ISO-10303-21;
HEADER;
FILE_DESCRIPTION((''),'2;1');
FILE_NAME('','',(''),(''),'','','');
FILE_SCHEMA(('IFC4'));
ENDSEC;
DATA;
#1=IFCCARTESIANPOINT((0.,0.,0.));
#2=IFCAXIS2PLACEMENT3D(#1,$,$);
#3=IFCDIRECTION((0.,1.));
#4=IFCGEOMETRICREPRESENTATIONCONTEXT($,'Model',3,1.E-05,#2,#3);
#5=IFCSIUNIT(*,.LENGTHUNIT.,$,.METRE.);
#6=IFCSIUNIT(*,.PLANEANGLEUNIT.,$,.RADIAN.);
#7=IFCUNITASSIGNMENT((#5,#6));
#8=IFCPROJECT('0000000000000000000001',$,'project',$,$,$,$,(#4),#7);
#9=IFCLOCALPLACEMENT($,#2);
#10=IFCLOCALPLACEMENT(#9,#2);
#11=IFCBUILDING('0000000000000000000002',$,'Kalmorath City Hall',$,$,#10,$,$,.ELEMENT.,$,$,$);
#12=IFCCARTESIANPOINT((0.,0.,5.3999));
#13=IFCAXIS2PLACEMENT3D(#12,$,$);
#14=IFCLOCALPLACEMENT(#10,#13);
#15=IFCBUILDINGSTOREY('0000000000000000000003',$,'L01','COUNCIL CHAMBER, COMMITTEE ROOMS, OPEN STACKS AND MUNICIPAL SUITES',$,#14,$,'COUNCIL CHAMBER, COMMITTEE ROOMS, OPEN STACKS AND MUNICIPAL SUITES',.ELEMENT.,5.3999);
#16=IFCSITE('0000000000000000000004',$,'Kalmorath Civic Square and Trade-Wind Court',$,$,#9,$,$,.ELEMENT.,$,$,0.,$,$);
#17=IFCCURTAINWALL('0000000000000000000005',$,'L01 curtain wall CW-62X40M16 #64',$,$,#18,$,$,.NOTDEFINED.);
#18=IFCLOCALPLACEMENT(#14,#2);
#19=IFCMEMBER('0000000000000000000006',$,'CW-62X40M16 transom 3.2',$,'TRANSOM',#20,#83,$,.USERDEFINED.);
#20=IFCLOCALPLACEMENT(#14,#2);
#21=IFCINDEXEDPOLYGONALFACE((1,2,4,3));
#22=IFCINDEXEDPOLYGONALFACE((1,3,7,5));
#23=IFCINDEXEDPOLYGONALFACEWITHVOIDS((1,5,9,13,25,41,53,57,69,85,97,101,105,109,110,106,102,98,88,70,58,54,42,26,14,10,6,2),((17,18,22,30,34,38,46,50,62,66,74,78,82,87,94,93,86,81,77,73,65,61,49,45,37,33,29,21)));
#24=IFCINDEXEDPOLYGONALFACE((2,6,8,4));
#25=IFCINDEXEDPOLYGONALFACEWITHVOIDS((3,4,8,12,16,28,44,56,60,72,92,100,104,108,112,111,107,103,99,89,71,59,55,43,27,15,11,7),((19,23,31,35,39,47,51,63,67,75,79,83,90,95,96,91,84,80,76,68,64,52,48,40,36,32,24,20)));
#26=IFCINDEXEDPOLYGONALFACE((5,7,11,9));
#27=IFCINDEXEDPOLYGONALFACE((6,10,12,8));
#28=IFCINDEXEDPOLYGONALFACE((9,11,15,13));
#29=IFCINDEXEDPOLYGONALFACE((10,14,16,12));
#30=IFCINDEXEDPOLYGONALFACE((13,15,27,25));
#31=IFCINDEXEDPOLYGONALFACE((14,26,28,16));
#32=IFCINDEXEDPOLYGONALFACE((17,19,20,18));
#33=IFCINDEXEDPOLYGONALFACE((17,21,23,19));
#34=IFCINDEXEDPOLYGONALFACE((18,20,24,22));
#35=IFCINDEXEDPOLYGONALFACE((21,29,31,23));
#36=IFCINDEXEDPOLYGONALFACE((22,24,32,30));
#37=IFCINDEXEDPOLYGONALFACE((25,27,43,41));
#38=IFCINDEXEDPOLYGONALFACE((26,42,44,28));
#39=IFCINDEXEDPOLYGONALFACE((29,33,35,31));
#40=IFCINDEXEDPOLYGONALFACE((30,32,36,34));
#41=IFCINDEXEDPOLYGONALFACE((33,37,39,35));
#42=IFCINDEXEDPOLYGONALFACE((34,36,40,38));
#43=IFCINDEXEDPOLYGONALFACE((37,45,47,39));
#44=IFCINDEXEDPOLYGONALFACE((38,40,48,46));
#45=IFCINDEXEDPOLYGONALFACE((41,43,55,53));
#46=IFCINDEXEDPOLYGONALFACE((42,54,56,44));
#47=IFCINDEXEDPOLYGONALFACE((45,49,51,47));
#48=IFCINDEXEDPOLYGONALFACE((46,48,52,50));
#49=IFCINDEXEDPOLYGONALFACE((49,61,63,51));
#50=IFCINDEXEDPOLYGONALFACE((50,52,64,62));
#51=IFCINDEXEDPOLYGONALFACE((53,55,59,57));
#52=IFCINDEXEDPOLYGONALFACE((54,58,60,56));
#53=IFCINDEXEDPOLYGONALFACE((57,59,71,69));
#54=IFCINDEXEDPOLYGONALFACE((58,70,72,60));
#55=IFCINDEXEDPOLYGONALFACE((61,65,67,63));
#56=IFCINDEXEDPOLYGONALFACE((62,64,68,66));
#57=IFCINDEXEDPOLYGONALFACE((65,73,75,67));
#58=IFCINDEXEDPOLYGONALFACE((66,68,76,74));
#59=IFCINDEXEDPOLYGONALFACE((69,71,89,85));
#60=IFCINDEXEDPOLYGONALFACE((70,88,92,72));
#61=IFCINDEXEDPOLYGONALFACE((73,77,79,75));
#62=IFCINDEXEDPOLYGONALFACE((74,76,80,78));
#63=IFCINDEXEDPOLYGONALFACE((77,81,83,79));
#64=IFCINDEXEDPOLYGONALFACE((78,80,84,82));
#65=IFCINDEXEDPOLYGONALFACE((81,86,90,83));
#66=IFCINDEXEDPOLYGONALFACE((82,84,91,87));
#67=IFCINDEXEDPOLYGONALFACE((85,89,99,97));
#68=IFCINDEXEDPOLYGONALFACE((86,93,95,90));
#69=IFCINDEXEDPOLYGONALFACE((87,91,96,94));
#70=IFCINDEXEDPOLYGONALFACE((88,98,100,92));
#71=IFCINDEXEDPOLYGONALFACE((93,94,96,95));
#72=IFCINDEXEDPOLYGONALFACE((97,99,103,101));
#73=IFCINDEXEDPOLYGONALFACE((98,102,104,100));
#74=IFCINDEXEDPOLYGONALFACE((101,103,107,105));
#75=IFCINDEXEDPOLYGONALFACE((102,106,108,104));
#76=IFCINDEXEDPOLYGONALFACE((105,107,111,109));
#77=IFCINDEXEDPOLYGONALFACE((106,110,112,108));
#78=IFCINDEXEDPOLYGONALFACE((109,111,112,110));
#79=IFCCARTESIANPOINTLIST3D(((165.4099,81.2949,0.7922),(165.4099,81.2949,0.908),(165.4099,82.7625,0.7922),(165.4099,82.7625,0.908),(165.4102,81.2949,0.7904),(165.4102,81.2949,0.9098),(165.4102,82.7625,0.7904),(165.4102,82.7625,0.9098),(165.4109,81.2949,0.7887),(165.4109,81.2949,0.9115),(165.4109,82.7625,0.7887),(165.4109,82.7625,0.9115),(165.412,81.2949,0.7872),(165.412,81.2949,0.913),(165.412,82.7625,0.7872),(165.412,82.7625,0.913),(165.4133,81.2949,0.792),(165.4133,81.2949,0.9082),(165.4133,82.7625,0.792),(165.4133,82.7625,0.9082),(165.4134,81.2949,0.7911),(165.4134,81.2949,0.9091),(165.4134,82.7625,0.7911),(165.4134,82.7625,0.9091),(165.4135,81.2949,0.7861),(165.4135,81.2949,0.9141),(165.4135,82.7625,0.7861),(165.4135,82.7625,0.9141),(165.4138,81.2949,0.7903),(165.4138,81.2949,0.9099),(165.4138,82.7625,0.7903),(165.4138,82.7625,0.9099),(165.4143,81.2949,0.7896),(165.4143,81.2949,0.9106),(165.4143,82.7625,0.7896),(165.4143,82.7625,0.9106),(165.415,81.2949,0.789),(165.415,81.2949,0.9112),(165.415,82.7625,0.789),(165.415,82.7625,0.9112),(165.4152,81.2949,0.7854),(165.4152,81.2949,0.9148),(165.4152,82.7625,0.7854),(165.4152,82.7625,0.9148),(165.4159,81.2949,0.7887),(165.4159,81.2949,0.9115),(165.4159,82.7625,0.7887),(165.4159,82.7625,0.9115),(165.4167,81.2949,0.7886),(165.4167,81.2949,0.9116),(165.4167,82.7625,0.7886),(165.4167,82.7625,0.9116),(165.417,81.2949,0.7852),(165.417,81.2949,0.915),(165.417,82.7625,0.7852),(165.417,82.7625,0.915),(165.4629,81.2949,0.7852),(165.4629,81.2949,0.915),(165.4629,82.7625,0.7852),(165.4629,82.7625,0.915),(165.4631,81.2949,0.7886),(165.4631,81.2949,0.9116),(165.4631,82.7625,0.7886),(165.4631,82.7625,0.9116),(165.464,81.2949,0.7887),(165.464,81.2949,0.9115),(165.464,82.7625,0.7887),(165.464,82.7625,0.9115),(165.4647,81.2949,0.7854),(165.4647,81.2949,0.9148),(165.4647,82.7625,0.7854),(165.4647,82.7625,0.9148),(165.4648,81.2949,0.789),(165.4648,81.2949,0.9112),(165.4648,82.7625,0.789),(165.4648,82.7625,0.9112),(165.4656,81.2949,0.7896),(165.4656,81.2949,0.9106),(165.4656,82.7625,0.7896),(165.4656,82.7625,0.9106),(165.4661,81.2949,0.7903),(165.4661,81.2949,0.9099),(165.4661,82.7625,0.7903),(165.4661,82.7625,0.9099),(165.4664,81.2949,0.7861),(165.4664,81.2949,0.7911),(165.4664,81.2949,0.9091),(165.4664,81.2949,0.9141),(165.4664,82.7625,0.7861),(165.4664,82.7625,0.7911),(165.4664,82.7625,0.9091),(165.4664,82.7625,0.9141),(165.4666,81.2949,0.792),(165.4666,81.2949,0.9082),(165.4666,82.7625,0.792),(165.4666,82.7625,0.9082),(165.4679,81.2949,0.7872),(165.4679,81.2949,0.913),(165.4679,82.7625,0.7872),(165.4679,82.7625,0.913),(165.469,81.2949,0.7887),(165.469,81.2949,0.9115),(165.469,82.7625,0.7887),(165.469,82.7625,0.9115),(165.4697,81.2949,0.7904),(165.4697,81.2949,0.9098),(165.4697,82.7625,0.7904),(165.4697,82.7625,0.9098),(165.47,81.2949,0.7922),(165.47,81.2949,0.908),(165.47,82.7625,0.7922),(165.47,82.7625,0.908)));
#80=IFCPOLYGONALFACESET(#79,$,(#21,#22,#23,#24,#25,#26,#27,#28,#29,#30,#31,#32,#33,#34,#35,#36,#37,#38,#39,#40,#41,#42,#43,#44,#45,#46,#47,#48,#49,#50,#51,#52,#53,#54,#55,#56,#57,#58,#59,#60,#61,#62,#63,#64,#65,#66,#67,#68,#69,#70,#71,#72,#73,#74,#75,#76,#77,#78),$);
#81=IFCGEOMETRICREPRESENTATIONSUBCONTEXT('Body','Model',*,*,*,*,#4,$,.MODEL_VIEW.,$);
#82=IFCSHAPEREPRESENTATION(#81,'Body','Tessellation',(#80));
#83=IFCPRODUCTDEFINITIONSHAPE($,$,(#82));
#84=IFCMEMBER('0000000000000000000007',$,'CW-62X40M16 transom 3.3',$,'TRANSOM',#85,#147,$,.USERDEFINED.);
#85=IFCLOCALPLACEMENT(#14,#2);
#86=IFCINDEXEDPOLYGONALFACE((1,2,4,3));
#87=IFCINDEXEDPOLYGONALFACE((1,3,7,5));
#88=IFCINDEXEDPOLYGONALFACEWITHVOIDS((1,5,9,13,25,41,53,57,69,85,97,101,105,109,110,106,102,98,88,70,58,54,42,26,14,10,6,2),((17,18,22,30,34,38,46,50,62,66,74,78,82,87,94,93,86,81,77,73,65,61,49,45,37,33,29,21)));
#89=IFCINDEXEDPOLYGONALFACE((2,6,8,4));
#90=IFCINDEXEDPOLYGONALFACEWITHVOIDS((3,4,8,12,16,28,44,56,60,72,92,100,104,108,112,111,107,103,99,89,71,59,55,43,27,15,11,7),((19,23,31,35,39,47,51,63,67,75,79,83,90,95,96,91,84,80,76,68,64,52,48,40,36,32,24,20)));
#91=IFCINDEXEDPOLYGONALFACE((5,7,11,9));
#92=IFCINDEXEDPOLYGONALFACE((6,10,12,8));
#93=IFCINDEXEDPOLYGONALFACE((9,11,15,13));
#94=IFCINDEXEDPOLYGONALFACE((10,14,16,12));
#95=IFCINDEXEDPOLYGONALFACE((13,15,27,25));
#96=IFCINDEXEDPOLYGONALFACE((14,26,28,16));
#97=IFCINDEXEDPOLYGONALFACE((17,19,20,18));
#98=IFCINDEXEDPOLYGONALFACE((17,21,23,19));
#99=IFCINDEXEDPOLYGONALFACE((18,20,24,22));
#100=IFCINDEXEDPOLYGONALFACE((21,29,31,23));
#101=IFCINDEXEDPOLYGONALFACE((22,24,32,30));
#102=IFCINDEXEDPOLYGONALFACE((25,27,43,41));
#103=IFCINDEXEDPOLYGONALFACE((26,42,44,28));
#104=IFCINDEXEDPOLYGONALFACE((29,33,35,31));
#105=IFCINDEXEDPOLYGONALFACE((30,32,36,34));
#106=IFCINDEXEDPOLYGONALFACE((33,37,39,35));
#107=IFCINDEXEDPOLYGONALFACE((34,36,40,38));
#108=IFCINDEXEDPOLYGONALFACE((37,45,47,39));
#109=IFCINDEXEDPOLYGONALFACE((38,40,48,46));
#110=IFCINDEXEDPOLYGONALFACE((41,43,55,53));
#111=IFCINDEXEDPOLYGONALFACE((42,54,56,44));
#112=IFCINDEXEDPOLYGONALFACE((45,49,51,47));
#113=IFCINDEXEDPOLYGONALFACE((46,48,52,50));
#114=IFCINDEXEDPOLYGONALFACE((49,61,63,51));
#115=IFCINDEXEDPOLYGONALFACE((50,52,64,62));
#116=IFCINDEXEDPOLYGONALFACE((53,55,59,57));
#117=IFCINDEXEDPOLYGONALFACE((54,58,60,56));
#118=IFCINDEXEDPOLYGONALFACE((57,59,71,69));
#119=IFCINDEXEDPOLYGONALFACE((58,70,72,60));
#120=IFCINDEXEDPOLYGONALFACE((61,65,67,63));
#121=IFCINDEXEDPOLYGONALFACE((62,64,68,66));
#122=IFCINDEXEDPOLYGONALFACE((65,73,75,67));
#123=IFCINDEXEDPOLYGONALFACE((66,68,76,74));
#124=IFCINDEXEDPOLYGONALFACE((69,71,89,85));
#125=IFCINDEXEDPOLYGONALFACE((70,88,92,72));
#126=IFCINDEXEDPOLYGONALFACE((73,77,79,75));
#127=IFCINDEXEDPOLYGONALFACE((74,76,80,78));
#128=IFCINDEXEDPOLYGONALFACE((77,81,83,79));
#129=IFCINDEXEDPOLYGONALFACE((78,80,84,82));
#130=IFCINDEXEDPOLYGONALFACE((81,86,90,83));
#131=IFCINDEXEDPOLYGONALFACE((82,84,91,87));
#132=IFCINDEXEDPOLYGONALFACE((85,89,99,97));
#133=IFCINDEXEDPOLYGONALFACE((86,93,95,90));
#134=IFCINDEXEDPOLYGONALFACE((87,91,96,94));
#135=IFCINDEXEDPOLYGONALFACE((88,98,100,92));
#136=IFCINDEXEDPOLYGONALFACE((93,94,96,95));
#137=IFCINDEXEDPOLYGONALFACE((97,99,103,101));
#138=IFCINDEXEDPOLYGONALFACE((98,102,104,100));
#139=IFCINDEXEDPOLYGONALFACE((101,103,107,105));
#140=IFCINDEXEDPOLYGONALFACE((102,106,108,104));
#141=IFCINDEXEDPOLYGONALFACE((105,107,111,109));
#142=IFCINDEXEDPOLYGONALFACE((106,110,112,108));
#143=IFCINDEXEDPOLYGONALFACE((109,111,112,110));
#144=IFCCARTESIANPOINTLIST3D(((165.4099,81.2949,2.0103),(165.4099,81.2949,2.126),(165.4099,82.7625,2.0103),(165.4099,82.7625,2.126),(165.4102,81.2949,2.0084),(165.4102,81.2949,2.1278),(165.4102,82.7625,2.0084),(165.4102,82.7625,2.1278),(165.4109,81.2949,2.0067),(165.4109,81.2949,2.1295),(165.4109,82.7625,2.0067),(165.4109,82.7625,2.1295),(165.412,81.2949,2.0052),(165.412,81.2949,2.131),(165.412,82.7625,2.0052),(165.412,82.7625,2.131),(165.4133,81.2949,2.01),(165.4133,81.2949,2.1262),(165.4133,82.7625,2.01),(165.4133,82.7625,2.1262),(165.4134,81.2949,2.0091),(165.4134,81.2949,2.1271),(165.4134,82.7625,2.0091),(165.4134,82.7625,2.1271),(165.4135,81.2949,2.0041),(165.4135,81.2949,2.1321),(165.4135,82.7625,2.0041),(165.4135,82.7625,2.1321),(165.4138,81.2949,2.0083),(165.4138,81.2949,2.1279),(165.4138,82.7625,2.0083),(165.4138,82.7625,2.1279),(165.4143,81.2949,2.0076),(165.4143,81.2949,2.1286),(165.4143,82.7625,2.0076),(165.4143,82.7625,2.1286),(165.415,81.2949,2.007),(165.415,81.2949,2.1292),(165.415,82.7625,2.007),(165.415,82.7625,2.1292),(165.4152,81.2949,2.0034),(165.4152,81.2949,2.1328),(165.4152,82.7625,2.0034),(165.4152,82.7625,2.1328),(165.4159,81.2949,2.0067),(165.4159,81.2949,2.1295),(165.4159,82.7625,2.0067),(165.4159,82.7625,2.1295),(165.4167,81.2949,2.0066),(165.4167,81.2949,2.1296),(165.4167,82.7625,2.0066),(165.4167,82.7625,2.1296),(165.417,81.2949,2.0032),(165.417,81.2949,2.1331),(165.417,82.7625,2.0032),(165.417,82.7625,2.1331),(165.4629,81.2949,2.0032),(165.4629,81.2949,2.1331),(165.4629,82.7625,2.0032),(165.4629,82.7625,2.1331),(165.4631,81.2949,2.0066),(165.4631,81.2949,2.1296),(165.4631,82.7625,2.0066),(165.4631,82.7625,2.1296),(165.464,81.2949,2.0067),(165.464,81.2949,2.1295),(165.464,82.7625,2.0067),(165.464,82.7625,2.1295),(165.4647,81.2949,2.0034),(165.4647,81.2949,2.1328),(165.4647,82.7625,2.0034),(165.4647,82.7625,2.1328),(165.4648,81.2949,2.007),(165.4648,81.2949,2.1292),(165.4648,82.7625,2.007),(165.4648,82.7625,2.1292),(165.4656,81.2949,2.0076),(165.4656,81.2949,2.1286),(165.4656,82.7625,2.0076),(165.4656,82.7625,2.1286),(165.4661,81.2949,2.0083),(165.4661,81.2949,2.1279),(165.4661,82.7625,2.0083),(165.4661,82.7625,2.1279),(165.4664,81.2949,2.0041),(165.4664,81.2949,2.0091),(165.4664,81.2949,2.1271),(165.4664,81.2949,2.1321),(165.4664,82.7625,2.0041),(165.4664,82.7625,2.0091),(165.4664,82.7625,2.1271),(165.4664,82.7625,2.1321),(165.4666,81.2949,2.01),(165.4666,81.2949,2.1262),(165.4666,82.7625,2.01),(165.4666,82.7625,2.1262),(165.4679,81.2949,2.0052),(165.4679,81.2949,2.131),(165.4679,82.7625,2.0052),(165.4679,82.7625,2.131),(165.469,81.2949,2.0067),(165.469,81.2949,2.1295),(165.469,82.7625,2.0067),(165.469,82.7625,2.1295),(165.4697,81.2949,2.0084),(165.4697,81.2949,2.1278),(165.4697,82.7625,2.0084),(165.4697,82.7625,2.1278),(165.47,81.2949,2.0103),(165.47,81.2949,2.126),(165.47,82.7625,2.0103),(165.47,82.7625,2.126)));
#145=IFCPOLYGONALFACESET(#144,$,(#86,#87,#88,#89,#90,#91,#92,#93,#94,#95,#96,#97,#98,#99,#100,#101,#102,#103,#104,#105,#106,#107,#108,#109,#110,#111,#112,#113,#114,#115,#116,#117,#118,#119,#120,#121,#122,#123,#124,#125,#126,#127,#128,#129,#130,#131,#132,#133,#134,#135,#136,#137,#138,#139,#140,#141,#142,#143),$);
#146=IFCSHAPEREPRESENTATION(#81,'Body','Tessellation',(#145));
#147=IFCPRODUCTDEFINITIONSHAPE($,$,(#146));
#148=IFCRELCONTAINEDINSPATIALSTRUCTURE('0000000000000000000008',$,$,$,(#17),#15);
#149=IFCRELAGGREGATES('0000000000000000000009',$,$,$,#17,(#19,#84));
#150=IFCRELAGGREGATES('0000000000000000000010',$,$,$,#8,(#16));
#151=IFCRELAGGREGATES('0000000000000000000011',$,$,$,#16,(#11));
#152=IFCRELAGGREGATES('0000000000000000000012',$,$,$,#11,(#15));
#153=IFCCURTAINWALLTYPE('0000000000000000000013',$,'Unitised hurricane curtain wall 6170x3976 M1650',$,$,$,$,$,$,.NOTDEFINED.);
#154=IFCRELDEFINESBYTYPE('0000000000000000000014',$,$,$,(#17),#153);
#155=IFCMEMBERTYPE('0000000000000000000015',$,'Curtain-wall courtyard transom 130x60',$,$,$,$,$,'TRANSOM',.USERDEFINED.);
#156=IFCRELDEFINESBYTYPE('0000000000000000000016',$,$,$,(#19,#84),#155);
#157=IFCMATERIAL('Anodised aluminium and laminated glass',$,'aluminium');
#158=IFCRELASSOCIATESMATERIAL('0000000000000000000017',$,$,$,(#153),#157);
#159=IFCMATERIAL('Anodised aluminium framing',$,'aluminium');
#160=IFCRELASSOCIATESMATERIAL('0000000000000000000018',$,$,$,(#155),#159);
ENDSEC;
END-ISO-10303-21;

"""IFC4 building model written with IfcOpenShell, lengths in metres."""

from ifc_helpers import new_model, si_unit, direction, frame, origin, origin_2d, place, context, subcontext, project, spatial, hollow_rectangle, extrude, material, material_profile, profile_set, type_object, element, aggregate, save


model = new_model("IFC4")

# Units and contexts
model_context = context("Model", 3, precision=1e-05, world=origin(), true_north=direction((0.0, 1.0)))
body_context = subcontext(model_context, "Body", "Model", "MODEL_VIEW")
ifc_project = project(units=[si_unit("LENGTHUNIT", "METRE"), si_unit("PLANEANGLEUNIT", "RADIAN")], contexts=[model_context])

# Site, building, storey
site_placement = place(None, origin())
site = spatial("IfcSite", under=ifc_project, at=site_placement, Name="Kalmorath Civic Square and Trade-Wind Court", CompositionType="ELEMENT", RefElevation=0.0)
building_placement = place(site_placement, origin())
building = spatial("IfcBuilding", under=site, at=building_placement, Name="Kalmorath City Hall", CompositionType="ELEMENT")
storey_placement = place(building_placement, frame((0.0, 0.0, 5.3999)))
storey = spatial("IfcBuildingStorey", under=building, at=storey_placement, Name="L01", Description="COUNCIL CHAMBER, COMMITTEE ROOMS, OPEN STACKS AND MUNICIPAL SUITES", LongName="COUNCIL CHAMBER, COMMITTEE ROOMS, OPEN STACKS AND MUNICIPAL SUITES", CompositionType="ELEMENT", Elevation=5.3999)

# Curtain wall, members
ifc_material_1 = material(Name="Anodised aluminium and laminated glass", Category="aluminium")
curtain_wall_type = type_object("IfcCurtainWallType", Name="Unitised hurricane curtain wall 6170x3976 M1650", PredefinedType="NOTDEFINED", material=ifc_material_1)
curtain_wall_1_placement = place(storey_placement, origin())
curtain_wall_1 = element("IfcCurtainWall", 1, at=curtain_wall_1_placement, inside=storey, type_object=curtain_wall_type, Name="L01 curtain wall CW-62X40M16 #64", PredefinedType="NOTDEFINED")
ifc_material_2 = material(Name="Anodised aluminium framing", Category="aluminium")
ifc_material_profile_1 = material_profile(ifc_material_2, hollow_rectangle(XDim=0.0601, YDim=0.1299, WallThickness=0.0034, InnerFilletRadius=0.0034, OuterFilletRadius=0.0071, at=origin_2d()), Name="ALU-TRN-130X60X3.5")
ifc_profile_set_1 = profile_set([ifc_material_profile_1], Name="Anodised aluminium framing")
member_type_1 = type_object("IfcMemberType", Name="Curtain-wall courtyard transom 130x60", ElementType="TRANSOM", PredefinedType="USERDEFINED", material=ifc_profile_set_1)
member_1_placement = place(storey_placement, frame((165.4399, 82.7625, 0.8501), z_axis=(0.0, -1.0, 0.0), x_axis=(1.0, 0.0, 0.0)))
member_1 = element("IfcMember", 2, at=member_1_placement, type_object=member_type_1, Name="CW-62X40M16 transom 3.2", ObjectType="TRANSOM", PredefinedType="USERDEFINED", context=body_context, shape_type="SweptSolid", body=[
    extrude(hollow_rectangle(XDim=0.0601, YDim=0.1299, WallThickness=0.0034, InnerFilletRadius=0.0034, OuterFilletRadius=0.0071, at=origin_2d()), origin(), (0.0, 0.0, 1.0), 1.4675),
])
member_2_placement = place(storey_placement, frame((165.4399, 82.7625, 2.0681), z_axis=(0.0, -1.0, 0.0), x_axis=(1.0, 0.0, 0.0)))
member_2 = element("IfcMember", 3, at=member_2_placement, type_object=member_type_1, Name="CW-62X40M16 transom 3.3", ObjectType="TRANSOM", PredefinedType="USERDEFINED", context=body_context, shape_type="SweptSolid", body=[
    extrude(hollow_rectangle(XDim=0.0601, YDim=0.1299, WallThickness=0.0034, InnerFilletRadius=0.0034, OuterFilletRadius=0.0071, at=origin_2d()), origin(), (0.0, 0.0, 1.0), 1.4675),
])

aggregate(curtain_wall_1, [member_1, member_2])

save(model, "model.ifc")
